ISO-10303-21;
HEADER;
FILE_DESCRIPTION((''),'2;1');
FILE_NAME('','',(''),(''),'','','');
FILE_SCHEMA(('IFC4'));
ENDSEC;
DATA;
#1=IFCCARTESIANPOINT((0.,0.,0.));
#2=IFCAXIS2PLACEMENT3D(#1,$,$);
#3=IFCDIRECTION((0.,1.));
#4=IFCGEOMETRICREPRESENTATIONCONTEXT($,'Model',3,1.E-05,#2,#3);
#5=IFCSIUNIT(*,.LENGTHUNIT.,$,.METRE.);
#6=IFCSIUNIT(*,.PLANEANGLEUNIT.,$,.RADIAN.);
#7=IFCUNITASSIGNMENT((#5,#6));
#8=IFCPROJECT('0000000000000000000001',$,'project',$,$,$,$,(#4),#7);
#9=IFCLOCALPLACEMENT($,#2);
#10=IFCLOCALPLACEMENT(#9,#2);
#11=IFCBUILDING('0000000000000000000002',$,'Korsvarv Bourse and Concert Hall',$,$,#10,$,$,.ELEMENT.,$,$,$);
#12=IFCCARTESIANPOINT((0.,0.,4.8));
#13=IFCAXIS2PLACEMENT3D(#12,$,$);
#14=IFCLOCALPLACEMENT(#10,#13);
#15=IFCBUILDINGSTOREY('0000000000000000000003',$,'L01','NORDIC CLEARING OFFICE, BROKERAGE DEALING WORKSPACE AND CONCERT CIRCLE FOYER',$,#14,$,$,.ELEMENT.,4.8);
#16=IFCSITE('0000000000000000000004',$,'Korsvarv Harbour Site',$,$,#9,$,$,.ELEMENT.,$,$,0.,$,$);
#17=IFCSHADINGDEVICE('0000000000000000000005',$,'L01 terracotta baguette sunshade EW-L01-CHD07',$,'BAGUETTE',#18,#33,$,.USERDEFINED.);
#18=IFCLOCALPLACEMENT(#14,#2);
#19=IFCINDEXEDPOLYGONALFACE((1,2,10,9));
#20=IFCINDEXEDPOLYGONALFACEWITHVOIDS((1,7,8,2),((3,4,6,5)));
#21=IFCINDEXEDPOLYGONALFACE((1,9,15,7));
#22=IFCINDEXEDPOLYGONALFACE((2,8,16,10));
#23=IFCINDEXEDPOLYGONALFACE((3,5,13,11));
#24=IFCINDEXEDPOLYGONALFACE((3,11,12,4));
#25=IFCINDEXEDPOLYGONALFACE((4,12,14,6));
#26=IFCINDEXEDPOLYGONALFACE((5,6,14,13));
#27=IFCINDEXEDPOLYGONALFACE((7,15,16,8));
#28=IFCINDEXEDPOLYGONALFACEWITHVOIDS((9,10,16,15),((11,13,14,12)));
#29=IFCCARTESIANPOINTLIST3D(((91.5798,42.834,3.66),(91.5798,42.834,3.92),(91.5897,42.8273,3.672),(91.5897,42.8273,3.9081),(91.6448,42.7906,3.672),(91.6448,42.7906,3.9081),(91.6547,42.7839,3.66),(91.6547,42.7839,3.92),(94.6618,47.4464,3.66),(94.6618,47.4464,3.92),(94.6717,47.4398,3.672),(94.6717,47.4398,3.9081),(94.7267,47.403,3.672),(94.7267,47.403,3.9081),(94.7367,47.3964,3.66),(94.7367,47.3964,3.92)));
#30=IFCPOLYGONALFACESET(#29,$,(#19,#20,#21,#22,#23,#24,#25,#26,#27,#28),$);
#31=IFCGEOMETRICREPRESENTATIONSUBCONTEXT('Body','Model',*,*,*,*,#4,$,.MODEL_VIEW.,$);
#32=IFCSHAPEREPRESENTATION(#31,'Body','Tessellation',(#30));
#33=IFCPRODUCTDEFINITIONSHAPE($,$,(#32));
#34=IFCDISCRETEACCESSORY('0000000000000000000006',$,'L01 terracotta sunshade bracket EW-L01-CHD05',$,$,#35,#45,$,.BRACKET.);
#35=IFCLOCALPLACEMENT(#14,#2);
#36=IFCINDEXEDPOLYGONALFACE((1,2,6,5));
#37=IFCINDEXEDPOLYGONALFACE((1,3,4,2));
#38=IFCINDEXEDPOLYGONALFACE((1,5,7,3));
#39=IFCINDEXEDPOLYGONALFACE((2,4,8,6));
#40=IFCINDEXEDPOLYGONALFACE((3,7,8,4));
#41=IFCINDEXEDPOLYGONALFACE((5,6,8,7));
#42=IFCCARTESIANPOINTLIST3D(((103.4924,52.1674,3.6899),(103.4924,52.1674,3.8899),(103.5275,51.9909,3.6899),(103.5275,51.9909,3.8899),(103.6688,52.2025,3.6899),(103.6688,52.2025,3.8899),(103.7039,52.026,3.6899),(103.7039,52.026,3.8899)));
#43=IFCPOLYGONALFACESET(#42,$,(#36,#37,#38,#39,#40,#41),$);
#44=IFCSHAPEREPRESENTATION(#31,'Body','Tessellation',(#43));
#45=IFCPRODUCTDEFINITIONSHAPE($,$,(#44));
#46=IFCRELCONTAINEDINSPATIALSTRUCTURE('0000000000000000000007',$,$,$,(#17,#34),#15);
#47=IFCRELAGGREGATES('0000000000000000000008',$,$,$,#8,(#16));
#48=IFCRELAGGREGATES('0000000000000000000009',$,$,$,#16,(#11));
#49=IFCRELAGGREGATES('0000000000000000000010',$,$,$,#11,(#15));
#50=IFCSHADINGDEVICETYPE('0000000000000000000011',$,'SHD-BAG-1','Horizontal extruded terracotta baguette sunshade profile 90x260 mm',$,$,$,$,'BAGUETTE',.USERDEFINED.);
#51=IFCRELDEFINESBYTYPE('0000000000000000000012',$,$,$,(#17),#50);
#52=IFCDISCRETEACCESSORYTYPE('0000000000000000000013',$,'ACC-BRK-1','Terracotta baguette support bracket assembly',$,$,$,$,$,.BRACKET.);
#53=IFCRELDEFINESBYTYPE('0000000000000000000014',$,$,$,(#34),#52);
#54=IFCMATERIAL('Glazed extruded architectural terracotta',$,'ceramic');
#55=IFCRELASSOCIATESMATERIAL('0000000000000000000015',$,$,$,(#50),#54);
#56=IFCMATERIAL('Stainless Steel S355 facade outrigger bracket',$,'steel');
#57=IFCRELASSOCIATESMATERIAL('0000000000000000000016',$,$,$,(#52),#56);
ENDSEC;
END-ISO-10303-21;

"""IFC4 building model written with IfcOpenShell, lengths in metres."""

from ifc_helpers import new_model, si_unit, direction, frame, origin, origin_2d, place, context, subcontext, project, spatial, rectangle, hollow_rectangle, extrude, source, transform, mapped, material, material_profile, profile_set, type_object, element, save


model = new_model("IFC4")

# Units and contexts
model_context = context("Model", 3, precision=1e-05, world=origin(), true_north=direction((0.0, 1.0)))
body_context = subcontext(model_context, "Body", "Model", "MODEL_VIEW")
ifc_project = project(units=[si_unit("LENGTHUNIT", "METRE"), si_unit("PLANEANGLEUNIT", "RADIAN")], contexts=[model_context])

# Site, building, storey
site_placement = place(None, origin())
site = spatial("IfcSite", under=ifc_project, at=site_placement, Name="Korsvarv Harbour Site", CompositionType="ELEMENT", RefElevation=0.0)
building_placement = place(site_placement, origin())
building = spatial("IfcBuilding", under=site, at=building_placement, Name="Korsvarv Bourse and Concert Hall", CompositionType="ELEMENT")
storey_placement = place(building_placement, frame((0.0, 0.0, 4.8)))
storey = spatial("IfcBuildingStorey", under=building, at=storey_placement, Name="L01", Description="NORDIC CLEARING OFFICE, BROKERAGE DEALING WORKSPACE AND CONCERT CIRCLE FOYER", CompositionType="ELEMENT", Elevation=4.8)

# Shading device
ifc_material_1 = material(Name="Glazed extruded architectural terracotta", Category="ceramic")
ifc_material_profile_1 = material_profile(ifc_material_1, hollow_rectangle(XDim=0.0901, YDim=0.26, WallThickness=0.012, at=origin_2d()), Name="TC-BAG 90x260")
ifc_profile_set_1 = profile_set([ifc_material_profile_1], Name="Glazed extruded architectural terracotta")
shading_device_type = type_object("IfcShadingDeviceType", Name="SHD-BAG-1", Description="Horizontal extruded terracotta baguette sunshade profile 90x260 mm", ElementType="BAGUETTE", PredefinedType="USERDEFINED", material=ifc_profile_set_1)
shared_shape_1 = source(origin(), body_context, "Body", "SweptSolid", [
    extrude(hollow_rectangle(XDim=0.0901, YDim=0.26, WallThickness=0.012, at=origin_2d()), origin(), (0.0, 0.0, 1.0), 5.5474),
])
shading_device_placement = place(storey_placement, frame((94.6992, 47.4214, 3.79), z_axis=(-0.555573, -0.831468, 0.0), x_axis=(0.831468, -0.555573, 0.0)))
element("IfcShadingDevice", 1, at=shading_device_placement, inside=storey, type_object=shading_device_type, Name="L01 terracotta baguette sunshade EW-L01-CHD07", ObjectType="BAGUETTE", PredefinedType="USERDEFINED", context=body_context, shape_type="MappedRepresentation", body=[
    mapped(shared_shape_1, transform((0.0, 0.0, 0.0), scale=1.0)),
])

# Discrete accessory
ifc_material_2 = material(Name="Stainless Steel S355 facade outrigger bracket", Category="steel")
discrete_accessory_type = type_object("IfcDiscreteAccessoryType", Name="ACC-BRK-1", Description="Terracotta baguette support bracket assembly", PredefinedType="BRACKET", material=ifc_material_2)
shared_shape_2 = source(origin(), body_context, "Body", "SweptSolid", [
    extrude(rectangle(XDim=0.1799, YDim=0.1799, at=origin_2d()), origin(), (0.0, 0.0, 1.0), 0.2),
])
discrete_accessory_placement = place(storey_placement, frame((103.5981, 52.0967, 3.6899), z_axis=(0.0, 0.0, 1.0), x_axis=(-0.980785, -0.19509, 0.0)))
element("IfcDiscreteAccessory", 2, at=discrete_accessory_placement, inside=storey, type_object=discrete_accessory_type, Name="L01 terracotta sunshade bracket EW-L01-CHD05", PredefinedType="BRACKET", context=body_context, shape_type="MappedRepresentation", body=[
    mapped(shared_shape_2, transform((0.0, 0.0, 0.0), scale=1.0)),
])

save(model, "model.ifc")
